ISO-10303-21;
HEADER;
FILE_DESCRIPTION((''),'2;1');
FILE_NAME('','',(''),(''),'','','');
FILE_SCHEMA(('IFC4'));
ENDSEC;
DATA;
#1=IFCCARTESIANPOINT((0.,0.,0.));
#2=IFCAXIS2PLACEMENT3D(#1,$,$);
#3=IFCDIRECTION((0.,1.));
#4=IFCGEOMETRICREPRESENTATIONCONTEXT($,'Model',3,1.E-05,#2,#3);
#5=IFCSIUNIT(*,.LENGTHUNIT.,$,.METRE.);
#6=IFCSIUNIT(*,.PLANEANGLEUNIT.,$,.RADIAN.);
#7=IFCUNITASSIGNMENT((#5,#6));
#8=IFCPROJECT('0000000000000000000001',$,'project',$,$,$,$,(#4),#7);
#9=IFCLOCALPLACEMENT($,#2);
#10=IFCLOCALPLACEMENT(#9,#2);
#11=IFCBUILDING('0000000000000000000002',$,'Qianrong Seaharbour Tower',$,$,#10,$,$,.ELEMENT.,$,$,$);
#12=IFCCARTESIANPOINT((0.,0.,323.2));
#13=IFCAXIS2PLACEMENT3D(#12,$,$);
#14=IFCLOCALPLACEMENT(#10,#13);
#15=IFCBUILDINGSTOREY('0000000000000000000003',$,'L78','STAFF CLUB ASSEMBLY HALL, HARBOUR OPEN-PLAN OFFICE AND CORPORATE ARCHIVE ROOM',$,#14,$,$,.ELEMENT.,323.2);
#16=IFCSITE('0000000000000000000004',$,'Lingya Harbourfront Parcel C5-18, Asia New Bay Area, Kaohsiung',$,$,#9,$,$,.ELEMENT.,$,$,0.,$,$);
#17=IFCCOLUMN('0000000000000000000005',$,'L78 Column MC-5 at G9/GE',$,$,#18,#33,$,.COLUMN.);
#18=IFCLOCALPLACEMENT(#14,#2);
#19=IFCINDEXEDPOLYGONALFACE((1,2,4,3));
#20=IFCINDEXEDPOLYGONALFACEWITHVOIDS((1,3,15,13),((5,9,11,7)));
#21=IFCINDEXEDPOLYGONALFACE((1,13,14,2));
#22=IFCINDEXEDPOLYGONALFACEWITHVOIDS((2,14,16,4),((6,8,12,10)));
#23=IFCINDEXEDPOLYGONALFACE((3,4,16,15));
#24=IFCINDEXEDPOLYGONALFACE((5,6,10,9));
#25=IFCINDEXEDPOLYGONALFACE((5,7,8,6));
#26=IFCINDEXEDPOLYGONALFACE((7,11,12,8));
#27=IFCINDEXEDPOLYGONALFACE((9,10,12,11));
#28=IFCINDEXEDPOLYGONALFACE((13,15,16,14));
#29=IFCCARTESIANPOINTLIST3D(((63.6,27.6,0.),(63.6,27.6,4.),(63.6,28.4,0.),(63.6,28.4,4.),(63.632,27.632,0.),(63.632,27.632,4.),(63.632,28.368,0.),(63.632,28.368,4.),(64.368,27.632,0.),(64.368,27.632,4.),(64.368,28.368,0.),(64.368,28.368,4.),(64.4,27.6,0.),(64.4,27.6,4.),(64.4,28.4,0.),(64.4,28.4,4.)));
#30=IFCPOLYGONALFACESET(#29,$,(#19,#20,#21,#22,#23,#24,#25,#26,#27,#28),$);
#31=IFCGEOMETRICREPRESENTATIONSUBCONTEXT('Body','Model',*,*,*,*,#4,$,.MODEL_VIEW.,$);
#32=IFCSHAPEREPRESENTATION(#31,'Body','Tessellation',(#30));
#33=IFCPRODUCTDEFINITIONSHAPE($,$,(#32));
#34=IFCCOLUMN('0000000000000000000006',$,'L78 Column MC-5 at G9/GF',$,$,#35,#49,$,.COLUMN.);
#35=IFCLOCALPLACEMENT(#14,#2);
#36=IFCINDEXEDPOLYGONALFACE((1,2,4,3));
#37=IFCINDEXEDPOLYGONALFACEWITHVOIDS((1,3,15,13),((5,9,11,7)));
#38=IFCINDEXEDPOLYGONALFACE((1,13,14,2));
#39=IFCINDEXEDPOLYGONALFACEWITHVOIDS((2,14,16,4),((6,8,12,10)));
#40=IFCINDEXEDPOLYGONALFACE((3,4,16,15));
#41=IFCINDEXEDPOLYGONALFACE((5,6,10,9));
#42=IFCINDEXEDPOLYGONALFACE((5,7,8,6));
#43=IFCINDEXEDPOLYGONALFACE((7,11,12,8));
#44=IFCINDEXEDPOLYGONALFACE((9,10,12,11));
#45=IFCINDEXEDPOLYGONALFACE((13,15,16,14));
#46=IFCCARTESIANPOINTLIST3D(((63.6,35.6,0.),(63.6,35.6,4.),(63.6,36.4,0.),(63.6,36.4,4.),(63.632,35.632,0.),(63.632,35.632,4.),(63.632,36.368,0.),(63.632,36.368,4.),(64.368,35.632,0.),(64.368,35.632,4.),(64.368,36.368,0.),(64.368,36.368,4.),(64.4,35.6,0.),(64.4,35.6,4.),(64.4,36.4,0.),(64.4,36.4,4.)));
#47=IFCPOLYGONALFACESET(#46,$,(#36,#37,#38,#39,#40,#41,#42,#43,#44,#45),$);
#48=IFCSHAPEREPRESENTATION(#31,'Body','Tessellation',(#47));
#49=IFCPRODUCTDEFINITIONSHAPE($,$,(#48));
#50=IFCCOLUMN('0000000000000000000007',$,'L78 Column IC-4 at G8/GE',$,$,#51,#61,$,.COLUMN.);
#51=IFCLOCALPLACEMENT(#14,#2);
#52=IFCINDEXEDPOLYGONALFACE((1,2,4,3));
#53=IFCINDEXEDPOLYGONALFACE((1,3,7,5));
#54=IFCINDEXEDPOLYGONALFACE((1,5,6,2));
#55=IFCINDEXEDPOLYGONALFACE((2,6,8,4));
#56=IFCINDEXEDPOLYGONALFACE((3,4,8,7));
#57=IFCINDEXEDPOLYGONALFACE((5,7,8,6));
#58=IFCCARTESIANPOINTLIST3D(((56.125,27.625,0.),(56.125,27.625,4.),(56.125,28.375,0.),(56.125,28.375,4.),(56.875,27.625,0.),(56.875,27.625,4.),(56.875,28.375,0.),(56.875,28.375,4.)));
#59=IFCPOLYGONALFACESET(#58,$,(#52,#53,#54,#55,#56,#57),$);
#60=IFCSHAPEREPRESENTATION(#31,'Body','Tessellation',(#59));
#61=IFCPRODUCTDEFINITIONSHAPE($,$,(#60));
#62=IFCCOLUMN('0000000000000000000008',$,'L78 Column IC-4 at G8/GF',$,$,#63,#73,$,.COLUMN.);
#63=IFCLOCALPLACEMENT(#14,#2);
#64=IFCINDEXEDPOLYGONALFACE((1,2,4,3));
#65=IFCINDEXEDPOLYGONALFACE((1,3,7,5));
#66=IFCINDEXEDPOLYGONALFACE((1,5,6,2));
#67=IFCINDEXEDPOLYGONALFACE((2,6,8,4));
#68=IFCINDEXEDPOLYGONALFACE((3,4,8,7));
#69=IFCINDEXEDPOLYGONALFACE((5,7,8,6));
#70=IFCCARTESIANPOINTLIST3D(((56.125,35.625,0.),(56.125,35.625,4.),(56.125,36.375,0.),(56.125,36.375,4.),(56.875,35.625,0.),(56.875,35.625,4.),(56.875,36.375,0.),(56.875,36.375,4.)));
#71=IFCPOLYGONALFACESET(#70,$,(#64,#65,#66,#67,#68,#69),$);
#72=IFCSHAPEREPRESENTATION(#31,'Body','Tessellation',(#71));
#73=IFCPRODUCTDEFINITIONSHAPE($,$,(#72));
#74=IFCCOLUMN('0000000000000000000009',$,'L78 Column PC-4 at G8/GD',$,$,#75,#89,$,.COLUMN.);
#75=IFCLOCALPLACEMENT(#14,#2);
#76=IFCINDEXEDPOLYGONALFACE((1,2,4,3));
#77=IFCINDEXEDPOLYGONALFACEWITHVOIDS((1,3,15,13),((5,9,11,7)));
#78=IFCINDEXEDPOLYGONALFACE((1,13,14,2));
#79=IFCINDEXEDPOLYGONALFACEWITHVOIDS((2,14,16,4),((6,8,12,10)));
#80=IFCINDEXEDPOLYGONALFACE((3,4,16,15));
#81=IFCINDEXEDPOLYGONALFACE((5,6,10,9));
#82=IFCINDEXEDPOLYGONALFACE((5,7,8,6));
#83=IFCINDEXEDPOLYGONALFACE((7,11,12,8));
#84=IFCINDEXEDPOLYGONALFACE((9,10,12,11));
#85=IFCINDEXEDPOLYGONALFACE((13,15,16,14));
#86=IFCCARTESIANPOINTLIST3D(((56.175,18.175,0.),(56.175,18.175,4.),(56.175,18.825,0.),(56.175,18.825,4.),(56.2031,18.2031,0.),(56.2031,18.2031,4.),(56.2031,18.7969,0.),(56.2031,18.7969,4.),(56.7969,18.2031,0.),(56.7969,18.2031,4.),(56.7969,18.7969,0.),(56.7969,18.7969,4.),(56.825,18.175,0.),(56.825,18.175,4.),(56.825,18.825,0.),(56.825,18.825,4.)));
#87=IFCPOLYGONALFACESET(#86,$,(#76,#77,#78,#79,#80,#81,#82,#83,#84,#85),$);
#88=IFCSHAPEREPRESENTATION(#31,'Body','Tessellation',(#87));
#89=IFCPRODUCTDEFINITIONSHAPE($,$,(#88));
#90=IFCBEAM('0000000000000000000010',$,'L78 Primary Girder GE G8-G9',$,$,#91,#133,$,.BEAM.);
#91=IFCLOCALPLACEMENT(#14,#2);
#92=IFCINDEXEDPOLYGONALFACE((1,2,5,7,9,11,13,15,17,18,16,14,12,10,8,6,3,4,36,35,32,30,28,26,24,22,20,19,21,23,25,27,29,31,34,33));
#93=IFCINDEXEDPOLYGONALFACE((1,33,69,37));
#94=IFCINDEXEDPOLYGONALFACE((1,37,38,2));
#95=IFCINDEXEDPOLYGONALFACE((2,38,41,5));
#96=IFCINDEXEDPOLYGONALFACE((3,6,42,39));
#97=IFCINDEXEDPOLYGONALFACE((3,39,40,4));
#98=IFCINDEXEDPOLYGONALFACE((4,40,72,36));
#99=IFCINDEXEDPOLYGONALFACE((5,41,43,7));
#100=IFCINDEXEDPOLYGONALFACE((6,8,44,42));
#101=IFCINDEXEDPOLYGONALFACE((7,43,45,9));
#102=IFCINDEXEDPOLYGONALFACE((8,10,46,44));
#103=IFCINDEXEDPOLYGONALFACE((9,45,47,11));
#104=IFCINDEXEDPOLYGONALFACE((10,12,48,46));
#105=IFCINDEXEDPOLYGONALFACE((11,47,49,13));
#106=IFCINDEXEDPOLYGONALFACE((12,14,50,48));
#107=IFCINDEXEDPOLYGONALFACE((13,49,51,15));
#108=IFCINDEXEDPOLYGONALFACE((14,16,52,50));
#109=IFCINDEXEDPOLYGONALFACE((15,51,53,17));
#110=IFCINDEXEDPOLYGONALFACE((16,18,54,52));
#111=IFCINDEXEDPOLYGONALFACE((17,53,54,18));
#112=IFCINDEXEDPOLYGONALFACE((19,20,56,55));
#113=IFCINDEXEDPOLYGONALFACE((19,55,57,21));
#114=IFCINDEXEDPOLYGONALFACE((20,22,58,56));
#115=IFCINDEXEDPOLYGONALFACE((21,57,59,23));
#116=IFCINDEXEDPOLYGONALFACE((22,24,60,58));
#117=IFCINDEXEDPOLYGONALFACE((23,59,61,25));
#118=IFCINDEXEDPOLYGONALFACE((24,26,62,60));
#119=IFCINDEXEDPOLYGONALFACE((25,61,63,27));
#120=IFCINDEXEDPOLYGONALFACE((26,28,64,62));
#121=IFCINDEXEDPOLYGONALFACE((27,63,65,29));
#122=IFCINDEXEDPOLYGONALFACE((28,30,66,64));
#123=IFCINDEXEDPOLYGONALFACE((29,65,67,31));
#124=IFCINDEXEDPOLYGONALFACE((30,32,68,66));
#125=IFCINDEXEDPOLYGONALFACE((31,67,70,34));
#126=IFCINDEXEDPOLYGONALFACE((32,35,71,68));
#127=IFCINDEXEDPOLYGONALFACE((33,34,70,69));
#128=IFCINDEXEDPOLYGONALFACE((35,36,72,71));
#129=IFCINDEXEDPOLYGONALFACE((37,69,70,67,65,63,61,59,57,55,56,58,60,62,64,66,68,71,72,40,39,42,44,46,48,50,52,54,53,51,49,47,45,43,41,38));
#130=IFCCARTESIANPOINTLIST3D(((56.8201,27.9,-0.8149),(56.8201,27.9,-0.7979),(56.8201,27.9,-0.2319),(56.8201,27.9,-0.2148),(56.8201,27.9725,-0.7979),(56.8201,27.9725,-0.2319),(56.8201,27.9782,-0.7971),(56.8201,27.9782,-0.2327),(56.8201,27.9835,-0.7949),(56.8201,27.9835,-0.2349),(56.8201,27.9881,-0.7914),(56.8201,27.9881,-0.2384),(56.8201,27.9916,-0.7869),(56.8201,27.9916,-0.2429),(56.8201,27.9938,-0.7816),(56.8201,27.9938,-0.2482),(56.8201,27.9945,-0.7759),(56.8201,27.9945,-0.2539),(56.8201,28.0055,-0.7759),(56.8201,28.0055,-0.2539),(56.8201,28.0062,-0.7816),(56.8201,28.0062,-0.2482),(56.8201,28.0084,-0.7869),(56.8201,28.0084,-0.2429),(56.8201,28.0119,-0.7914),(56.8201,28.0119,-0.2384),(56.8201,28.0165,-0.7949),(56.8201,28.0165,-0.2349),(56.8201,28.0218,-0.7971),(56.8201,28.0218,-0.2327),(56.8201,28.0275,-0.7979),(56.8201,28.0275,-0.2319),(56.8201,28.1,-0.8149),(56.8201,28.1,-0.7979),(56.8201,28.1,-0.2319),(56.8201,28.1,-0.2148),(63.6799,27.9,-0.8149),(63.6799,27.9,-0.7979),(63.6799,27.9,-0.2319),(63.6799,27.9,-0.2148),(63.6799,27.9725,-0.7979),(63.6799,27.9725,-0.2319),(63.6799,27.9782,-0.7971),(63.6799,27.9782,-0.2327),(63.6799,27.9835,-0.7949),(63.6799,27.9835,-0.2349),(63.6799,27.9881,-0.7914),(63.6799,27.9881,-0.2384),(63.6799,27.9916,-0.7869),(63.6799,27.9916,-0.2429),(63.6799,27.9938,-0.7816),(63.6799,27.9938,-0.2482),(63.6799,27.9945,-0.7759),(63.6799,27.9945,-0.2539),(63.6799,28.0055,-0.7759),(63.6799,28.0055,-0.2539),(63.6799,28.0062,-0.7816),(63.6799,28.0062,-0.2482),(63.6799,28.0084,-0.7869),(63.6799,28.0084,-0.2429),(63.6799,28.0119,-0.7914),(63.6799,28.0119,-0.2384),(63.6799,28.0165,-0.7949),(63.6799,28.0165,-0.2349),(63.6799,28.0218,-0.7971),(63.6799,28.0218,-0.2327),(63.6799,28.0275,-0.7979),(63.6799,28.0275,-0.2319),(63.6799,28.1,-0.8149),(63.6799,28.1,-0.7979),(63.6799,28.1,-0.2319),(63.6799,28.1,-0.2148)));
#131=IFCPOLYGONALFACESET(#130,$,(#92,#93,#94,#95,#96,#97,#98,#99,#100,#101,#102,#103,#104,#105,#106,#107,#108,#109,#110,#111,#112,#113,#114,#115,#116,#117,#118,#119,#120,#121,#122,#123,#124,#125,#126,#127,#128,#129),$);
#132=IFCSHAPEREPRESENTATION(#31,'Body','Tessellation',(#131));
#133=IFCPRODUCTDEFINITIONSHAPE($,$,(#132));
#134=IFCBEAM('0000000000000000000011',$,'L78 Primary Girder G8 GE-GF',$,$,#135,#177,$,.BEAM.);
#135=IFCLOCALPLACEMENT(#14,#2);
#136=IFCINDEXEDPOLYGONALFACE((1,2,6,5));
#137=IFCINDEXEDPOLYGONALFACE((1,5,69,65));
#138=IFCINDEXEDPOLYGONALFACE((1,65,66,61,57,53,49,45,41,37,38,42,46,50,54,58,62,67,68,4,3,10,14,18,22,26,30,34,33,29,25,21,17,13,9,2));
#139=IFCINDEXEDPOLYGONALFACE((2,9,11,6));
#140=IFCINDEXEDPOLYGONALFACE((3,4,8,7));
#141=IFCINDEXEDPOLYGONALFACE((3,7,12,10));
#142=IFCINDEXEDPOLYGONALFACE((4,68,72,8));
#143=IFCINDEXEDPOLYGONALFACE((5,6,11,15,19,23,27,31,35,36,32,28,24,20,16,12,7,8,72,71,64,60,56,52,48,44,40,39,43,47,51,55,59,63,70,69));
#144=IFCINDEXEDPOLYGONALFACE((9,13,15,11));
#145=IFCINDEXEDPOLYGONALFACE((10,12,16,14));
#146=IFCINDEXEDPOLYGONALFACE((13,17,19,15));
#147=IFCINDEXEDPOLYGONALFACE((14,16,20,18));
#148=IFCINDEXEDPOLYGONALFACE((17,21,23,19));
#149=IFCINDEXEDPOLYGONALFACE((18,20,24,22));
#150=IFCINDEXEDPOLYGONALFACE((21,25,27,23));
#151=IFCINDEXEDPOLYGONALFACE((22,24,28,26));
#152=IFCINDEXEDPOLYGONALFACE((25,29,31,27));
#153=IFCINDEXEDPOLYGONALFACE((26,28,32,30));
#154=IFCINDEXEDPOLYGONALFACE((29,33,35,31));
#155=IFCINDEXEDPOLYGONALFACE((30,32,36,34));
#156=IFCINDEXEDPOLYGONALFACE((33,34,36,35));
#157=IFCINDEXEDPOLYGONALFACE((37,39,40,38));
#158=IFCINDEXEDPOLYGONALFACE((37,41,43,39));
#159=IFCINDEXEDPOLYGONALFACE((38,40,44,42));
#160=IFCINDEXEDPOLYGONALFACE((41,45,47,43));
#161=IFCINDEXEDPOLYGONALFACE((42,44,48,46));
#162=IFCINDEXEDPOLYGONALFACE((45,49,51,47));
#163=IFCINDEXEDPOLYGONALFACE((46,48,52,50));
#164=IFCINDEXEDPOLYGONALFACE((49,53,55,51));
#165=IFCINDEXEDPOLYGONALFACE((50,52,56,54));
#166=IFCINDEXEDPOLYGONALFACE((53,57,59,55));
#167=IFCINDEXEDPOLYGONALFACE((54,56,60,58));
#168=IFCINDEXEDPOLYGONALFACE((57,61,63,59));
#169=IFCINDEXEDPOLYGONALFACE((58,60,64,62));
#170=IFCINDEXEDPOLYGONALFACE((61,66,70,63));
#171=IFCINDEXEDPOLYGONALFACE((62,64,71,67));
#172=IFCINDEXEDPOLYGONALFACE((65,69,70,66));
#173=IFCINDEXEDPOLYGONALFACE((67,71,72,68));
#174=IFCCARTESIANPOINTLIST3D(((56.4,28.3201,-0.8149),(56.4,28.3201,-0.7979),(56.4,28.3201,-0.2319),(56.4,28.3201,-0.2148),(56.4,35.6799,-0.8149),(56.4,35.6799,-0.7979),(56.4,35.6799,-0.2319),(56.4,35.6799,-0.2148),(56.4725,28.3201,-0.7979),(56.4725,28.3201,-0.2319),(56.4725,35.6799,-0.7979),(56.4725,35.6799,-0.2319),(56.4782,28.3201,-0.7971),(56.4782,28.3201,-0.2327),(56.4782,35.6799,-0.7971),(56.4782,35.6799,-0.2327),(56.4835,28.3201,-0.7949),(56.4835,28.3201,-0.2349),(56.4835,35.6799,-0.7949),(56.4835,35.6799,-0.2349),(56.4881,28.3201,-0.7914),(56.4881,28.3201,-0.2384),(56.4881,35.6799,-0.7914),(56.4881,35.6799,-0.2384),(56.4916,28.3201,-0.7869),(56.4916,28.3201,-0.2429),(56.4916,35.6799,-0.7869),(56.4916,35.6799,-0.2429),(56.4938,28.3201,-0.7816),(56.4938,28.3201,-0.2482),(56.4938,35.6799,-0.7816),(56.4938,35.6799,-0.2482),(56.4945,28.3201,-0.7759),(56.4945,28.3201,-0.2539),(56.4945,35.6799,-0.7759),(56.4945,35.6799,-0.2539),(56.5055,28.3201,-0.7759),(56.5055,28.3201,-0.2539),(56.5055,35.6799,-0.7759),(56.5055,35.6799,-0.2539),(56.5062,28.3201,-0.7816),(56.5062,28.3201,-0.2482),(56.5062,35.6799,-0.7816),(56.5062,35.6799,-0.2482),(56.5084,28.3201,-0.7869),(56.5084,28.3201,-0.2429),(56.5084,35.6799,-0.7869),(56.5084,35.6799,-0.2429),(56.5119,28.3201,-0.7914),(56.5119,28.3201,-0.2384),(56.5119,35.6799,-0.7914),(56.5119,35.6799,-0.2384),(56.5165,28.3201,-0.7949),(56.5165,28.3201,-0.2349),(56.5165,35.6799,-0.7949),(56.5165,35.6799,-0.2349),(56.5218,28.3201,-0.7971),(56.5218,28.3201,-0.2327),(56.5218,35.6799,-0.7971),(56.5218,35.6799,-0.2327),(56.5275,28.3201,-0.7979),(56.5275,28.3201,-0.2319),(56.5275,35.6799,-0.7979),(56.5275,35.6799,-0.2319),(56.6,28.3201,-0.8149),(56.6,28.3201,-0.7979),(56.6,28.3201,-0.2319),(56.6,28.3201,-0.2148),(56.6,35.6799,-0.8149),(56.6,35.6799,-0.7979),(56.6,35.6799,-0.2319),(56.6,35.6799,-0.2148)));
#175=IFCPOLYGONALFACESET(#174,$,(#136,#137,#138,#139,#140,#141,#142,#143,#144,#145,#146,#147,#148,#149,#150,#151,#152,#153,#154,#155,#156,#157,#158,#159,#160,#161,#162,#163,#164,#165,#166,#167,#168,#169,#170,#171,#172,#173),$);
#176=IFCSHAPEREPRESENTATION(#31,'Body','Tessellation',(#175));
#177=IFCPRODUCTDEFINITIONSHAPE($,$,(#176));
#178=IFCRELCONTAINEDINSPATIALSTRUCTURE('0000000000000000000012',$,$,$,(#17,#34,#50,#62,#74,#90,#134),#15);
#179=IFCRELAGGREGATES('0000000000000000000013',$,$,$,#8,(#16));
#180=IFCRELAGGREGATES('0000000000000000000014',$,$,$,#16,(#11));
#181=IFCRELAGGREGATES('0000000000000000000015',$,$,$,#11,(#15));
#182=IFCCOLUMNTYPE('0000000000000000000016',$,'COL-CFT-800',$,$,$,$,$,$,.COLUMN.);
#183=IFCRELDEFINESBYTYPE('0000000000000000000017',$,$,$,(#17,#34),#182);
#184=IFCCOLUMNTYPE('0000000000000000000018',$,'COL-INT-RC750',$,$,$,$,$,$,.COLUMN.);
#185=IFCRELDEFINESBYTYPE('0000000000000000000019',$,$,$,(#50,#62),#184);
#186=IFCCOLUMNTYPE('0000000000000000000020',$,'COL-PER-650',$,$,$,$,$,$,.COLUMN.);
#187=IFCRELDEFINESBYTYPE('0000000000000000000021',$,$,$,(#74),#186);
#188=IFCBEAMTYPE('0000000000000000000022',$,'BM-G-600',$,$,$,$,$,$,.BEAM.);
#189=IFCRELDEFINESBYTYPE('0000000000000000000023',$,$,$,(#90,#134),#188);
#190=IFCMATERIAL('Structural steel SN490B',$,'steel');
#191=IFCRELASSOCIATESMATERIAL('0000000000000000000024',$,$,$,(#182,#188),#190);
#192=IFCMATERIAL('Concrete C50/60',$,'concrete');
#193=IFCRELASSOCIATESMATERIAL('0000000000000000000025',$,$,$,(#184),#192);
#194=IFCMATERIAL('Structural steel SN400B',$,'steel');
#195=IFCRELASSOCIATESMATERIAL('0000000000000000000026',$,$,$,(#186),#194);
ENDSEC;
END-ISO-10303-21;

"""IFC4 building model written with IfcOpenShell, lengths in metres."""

from ifc_helpers import new_model, si_unit, direction, frame, origin, origin_2d, place, context, subcontext, project, spatial, rectangle, hollow_rectangle, i_section, extrude, material, material_profile, profile_set, type_object, element, save


model = new_model("IFC4")

# Units and contexts
model_context = context("Model", 3, precision=1e-05, world=origin(), true_north=direction((0.0, 1.0)))
body_context = subcontext(model_context, "Body", "Model", "MODEL_VIEW")
ifc_project = project(units=[si_unit("LENGTHUNIT", "METRE"), si_unit("PLANEANGLEUNIT", "RADIAN")], contexts=[model_context])

# Site, building, storey
site_placement = place(None, origin())
site = spatial("IfcSite", under=ifc_project, at=site_placement, Name="Lingya Harbourfront Parcel C5-18, Asia New Bay Area, Kaohsiung", CompositionType="ELEMENT", RefElevation=0.0)
building_placement = place(site_placement, origin())
building = spatial("IfcBuilding", under=site, at=building_placement, Name="Qianrong Seaharbour Tower", CompositionType="ELEMENT")
storey_placement = place(building_placement, frame((0.0, 0.0, 323.2)))
storey = spatial("IfcBuildingStorey", under=building, at=storey_placement, Name="L78", Description="STAFF CLUB ASSEMBLY HALL, HARBOUR OPEN-PLAN OFFICE AND CORPORATE ARCHIVE ROOM", CompositionType="ELEMENT", Elevation=323.2)

# Columns
ifc_material_1 = material(Name="Structural steel SN490B", Category="steel")
ifc_material_profile_1 = material_profile(ifc_material_1, hollow_rectangle(XDim=0.8, YDim=0.8, WallThickness=0.032, at=origin_2d()), Name="BOX800x800x32")
ifc_profile_set_1 = profile_set([ifc_material_profile_1], Name="Structural steel SN490B")
column_type_1 = type_object("IfcColumnType", Name="COL-CFT-800", PredefinedType="COLUMN", material=ifc_profile_set_1)
for number, where, z_axis, x_axis, name in (
    (1, (64.0, 28.0, 0.0), (0.0, 0.0, 1.0), (1.0, 0.0, 0.0), "L78 Column MC-5 at G9/GE"),
    (2, (64.0, 36.0, 0.0), (0.0, 0.0, 1.0), (1.0, 0.0, 0.0), "L78 Column MC-5 at G9/GF"),
):
    element("IfcColumn", number, at=place(storey_placement, frame(where, z_axis=z_axis, x_axis=x_axis)), inside=storey, type_object=column_type_1, Name=name, PredefinedType="COLUMN", context=body_context, shape_type="SweptSolid", body=[
        extrude(hollow_rectangle(XDim=0.8, YDim=0.8, WallThickness=0.032, at=origin_2d()), origin(), (0.0, 0.0, 1.0), 4.0),
    ])
ifc_material_2 = material(Name="Concrete C50/60", Category="concrete")
ifc_material_profile_2 = material_profile(ifc_material_2, rectangle(XDim=0.75, YDim=0.75, at=origin_2d()), Name="RC750x750")
ifc_profile_set_2 = profile_set([ifc_material_profile_2], Name="Concrete C50/60")
column_type_2 = type_object("IfcColumnType", Name="COL-INT-RC750", PredefinedType="COLUMN", material=ifc_profile_set_2)
for number, where, z_axis, x_axis, name in (
    (3, (56.5, 28.0, 0.0), (0.0, 0.0, 1.0), (1.0, 0.0, 0.0), "L78 Column IC-4 at G8/GE"),
    (4, (56.5, 36.0, 0.0), (0.0, 0.0, 1.0), (1.0, 0.0, 0.0), "L78 Column IC-4 at G8/GF"),
):
    element("IfcColumn", number, at=place(storey_placement, frame(where, z_axis=z_axis, x_axis=x_axis)), inside=storey, type_object=column_type_2, Name=name, PredefinedType="COLUMN", context=body_context, shape_type="SweptSolid", body=[
        extrude(rectangle(XDim=0.75, YDim=0.75, at=origin_2d()), origin(), (0.0, 0.0, 1.0), 4.0),
    ])
ifc_material_3 = material(Name="Structural steel SN400B", Category="steel")
ifc_material_profile_3 = material_profile(ifc_material_3, hollow_rectangle(XDim=0.6499, YDim=0.6499, WallThickness=0.0281, at=origin_2d()), Name="BOX650x650x28")
ifc_profile_set_3 = profile_set([ifc_material_profile_3], Name="Structural steel SN400B")
column_type_3 = type_object("IfcColumnType", Name="COL-PER-650", PredefinedType="COLUMN", material=ifc_profile_set_3)
column_placement = place(storey_placement, frame((56.5, 18.5, 0.0), z_axis=(0.0, 0.0, 1.0), x_axis=(1.0, 0.0, 0.0)))
element("IfcColumn", 5, at=column_placement, inside=storey, type_object=column_type_3, Name="L78 Column PC-4 at G8/GD", PredefinedType="COLUMN", context=body_context, shape_type="SweptSolid", body=[
    extrude(hollow_rectangle(XDim=0.6499, YDim=0.6499, WallThickness=0.0281, at=origin_2d()), origin(), (0.0, 0.0, 1.0), 4.0),
])

# Beams
ifc_material_profile_4 = material_profile(ifc_material_1, i_section(OverallWidth=0.2, OverallDepth=0.6001, WebThickness=0.011, FlangeThickness=0.0171, FilletRadius=0.022, at=origin_2d()), Name="H600x200x11x17")
ifc_profile_set_4 = profile_set([ifc_material_profile_4], Name="Structural steel SN490B")
beam_type_1 = type_object("IfcBeamType", Name="BM-G-600", PredefinedType="BEAM", material=ifc_profile_set_4)
beam_1_placement = place(storey_placement, frame((56.8201, 28.0, -0.5149), z_axis=(1.0, 0.0, 0.0), x_axis=(0.0, 1.0, 0.0)))
element("IfcBeam", 6, at=beam_1_placement, inside=storey, type_object=beam_type_1, Name="L78 Primary Girder GE G8-G9", PredefinedType="BEAM", context=body_context, shape_type="SweptSolid", body=[
    extrude(i_section(OverallWidth=0.2, OverallDepth=0.6001, WebThickness=0.011, FlangeThickness=0.0171, FilletRadius=0.022, at=origin_2d()), origin(), (0.0, 0.0, 1.0), 6.8599),
])
beam_2_placement = place(storey_placement, frame((56.5, 28.3201, -0.5149), z_axis=(0.0, 1.0, 0.0), x_axis=(-1.0, 0.0, 0.0)))
element("IfcBeam", 7, at=beam_2_placement, inside=storey, type_object=beam_type_1, Name="L78 Primary Girder G8 GE-GF", PredefinedType="BEAM", context=body_context, shape_type="SweptSolid", body=[
    extrude(i_section(OverallWidth=0.2, OverallDepth=0.6001, WebThickness=0.011, FlangeThickness=0.0171, FilletRadius=0.022, at=origin_2d()), origin(), (0.0, 0.0, 1.0), 7.3599),
])

save(model, "model.ifc")
